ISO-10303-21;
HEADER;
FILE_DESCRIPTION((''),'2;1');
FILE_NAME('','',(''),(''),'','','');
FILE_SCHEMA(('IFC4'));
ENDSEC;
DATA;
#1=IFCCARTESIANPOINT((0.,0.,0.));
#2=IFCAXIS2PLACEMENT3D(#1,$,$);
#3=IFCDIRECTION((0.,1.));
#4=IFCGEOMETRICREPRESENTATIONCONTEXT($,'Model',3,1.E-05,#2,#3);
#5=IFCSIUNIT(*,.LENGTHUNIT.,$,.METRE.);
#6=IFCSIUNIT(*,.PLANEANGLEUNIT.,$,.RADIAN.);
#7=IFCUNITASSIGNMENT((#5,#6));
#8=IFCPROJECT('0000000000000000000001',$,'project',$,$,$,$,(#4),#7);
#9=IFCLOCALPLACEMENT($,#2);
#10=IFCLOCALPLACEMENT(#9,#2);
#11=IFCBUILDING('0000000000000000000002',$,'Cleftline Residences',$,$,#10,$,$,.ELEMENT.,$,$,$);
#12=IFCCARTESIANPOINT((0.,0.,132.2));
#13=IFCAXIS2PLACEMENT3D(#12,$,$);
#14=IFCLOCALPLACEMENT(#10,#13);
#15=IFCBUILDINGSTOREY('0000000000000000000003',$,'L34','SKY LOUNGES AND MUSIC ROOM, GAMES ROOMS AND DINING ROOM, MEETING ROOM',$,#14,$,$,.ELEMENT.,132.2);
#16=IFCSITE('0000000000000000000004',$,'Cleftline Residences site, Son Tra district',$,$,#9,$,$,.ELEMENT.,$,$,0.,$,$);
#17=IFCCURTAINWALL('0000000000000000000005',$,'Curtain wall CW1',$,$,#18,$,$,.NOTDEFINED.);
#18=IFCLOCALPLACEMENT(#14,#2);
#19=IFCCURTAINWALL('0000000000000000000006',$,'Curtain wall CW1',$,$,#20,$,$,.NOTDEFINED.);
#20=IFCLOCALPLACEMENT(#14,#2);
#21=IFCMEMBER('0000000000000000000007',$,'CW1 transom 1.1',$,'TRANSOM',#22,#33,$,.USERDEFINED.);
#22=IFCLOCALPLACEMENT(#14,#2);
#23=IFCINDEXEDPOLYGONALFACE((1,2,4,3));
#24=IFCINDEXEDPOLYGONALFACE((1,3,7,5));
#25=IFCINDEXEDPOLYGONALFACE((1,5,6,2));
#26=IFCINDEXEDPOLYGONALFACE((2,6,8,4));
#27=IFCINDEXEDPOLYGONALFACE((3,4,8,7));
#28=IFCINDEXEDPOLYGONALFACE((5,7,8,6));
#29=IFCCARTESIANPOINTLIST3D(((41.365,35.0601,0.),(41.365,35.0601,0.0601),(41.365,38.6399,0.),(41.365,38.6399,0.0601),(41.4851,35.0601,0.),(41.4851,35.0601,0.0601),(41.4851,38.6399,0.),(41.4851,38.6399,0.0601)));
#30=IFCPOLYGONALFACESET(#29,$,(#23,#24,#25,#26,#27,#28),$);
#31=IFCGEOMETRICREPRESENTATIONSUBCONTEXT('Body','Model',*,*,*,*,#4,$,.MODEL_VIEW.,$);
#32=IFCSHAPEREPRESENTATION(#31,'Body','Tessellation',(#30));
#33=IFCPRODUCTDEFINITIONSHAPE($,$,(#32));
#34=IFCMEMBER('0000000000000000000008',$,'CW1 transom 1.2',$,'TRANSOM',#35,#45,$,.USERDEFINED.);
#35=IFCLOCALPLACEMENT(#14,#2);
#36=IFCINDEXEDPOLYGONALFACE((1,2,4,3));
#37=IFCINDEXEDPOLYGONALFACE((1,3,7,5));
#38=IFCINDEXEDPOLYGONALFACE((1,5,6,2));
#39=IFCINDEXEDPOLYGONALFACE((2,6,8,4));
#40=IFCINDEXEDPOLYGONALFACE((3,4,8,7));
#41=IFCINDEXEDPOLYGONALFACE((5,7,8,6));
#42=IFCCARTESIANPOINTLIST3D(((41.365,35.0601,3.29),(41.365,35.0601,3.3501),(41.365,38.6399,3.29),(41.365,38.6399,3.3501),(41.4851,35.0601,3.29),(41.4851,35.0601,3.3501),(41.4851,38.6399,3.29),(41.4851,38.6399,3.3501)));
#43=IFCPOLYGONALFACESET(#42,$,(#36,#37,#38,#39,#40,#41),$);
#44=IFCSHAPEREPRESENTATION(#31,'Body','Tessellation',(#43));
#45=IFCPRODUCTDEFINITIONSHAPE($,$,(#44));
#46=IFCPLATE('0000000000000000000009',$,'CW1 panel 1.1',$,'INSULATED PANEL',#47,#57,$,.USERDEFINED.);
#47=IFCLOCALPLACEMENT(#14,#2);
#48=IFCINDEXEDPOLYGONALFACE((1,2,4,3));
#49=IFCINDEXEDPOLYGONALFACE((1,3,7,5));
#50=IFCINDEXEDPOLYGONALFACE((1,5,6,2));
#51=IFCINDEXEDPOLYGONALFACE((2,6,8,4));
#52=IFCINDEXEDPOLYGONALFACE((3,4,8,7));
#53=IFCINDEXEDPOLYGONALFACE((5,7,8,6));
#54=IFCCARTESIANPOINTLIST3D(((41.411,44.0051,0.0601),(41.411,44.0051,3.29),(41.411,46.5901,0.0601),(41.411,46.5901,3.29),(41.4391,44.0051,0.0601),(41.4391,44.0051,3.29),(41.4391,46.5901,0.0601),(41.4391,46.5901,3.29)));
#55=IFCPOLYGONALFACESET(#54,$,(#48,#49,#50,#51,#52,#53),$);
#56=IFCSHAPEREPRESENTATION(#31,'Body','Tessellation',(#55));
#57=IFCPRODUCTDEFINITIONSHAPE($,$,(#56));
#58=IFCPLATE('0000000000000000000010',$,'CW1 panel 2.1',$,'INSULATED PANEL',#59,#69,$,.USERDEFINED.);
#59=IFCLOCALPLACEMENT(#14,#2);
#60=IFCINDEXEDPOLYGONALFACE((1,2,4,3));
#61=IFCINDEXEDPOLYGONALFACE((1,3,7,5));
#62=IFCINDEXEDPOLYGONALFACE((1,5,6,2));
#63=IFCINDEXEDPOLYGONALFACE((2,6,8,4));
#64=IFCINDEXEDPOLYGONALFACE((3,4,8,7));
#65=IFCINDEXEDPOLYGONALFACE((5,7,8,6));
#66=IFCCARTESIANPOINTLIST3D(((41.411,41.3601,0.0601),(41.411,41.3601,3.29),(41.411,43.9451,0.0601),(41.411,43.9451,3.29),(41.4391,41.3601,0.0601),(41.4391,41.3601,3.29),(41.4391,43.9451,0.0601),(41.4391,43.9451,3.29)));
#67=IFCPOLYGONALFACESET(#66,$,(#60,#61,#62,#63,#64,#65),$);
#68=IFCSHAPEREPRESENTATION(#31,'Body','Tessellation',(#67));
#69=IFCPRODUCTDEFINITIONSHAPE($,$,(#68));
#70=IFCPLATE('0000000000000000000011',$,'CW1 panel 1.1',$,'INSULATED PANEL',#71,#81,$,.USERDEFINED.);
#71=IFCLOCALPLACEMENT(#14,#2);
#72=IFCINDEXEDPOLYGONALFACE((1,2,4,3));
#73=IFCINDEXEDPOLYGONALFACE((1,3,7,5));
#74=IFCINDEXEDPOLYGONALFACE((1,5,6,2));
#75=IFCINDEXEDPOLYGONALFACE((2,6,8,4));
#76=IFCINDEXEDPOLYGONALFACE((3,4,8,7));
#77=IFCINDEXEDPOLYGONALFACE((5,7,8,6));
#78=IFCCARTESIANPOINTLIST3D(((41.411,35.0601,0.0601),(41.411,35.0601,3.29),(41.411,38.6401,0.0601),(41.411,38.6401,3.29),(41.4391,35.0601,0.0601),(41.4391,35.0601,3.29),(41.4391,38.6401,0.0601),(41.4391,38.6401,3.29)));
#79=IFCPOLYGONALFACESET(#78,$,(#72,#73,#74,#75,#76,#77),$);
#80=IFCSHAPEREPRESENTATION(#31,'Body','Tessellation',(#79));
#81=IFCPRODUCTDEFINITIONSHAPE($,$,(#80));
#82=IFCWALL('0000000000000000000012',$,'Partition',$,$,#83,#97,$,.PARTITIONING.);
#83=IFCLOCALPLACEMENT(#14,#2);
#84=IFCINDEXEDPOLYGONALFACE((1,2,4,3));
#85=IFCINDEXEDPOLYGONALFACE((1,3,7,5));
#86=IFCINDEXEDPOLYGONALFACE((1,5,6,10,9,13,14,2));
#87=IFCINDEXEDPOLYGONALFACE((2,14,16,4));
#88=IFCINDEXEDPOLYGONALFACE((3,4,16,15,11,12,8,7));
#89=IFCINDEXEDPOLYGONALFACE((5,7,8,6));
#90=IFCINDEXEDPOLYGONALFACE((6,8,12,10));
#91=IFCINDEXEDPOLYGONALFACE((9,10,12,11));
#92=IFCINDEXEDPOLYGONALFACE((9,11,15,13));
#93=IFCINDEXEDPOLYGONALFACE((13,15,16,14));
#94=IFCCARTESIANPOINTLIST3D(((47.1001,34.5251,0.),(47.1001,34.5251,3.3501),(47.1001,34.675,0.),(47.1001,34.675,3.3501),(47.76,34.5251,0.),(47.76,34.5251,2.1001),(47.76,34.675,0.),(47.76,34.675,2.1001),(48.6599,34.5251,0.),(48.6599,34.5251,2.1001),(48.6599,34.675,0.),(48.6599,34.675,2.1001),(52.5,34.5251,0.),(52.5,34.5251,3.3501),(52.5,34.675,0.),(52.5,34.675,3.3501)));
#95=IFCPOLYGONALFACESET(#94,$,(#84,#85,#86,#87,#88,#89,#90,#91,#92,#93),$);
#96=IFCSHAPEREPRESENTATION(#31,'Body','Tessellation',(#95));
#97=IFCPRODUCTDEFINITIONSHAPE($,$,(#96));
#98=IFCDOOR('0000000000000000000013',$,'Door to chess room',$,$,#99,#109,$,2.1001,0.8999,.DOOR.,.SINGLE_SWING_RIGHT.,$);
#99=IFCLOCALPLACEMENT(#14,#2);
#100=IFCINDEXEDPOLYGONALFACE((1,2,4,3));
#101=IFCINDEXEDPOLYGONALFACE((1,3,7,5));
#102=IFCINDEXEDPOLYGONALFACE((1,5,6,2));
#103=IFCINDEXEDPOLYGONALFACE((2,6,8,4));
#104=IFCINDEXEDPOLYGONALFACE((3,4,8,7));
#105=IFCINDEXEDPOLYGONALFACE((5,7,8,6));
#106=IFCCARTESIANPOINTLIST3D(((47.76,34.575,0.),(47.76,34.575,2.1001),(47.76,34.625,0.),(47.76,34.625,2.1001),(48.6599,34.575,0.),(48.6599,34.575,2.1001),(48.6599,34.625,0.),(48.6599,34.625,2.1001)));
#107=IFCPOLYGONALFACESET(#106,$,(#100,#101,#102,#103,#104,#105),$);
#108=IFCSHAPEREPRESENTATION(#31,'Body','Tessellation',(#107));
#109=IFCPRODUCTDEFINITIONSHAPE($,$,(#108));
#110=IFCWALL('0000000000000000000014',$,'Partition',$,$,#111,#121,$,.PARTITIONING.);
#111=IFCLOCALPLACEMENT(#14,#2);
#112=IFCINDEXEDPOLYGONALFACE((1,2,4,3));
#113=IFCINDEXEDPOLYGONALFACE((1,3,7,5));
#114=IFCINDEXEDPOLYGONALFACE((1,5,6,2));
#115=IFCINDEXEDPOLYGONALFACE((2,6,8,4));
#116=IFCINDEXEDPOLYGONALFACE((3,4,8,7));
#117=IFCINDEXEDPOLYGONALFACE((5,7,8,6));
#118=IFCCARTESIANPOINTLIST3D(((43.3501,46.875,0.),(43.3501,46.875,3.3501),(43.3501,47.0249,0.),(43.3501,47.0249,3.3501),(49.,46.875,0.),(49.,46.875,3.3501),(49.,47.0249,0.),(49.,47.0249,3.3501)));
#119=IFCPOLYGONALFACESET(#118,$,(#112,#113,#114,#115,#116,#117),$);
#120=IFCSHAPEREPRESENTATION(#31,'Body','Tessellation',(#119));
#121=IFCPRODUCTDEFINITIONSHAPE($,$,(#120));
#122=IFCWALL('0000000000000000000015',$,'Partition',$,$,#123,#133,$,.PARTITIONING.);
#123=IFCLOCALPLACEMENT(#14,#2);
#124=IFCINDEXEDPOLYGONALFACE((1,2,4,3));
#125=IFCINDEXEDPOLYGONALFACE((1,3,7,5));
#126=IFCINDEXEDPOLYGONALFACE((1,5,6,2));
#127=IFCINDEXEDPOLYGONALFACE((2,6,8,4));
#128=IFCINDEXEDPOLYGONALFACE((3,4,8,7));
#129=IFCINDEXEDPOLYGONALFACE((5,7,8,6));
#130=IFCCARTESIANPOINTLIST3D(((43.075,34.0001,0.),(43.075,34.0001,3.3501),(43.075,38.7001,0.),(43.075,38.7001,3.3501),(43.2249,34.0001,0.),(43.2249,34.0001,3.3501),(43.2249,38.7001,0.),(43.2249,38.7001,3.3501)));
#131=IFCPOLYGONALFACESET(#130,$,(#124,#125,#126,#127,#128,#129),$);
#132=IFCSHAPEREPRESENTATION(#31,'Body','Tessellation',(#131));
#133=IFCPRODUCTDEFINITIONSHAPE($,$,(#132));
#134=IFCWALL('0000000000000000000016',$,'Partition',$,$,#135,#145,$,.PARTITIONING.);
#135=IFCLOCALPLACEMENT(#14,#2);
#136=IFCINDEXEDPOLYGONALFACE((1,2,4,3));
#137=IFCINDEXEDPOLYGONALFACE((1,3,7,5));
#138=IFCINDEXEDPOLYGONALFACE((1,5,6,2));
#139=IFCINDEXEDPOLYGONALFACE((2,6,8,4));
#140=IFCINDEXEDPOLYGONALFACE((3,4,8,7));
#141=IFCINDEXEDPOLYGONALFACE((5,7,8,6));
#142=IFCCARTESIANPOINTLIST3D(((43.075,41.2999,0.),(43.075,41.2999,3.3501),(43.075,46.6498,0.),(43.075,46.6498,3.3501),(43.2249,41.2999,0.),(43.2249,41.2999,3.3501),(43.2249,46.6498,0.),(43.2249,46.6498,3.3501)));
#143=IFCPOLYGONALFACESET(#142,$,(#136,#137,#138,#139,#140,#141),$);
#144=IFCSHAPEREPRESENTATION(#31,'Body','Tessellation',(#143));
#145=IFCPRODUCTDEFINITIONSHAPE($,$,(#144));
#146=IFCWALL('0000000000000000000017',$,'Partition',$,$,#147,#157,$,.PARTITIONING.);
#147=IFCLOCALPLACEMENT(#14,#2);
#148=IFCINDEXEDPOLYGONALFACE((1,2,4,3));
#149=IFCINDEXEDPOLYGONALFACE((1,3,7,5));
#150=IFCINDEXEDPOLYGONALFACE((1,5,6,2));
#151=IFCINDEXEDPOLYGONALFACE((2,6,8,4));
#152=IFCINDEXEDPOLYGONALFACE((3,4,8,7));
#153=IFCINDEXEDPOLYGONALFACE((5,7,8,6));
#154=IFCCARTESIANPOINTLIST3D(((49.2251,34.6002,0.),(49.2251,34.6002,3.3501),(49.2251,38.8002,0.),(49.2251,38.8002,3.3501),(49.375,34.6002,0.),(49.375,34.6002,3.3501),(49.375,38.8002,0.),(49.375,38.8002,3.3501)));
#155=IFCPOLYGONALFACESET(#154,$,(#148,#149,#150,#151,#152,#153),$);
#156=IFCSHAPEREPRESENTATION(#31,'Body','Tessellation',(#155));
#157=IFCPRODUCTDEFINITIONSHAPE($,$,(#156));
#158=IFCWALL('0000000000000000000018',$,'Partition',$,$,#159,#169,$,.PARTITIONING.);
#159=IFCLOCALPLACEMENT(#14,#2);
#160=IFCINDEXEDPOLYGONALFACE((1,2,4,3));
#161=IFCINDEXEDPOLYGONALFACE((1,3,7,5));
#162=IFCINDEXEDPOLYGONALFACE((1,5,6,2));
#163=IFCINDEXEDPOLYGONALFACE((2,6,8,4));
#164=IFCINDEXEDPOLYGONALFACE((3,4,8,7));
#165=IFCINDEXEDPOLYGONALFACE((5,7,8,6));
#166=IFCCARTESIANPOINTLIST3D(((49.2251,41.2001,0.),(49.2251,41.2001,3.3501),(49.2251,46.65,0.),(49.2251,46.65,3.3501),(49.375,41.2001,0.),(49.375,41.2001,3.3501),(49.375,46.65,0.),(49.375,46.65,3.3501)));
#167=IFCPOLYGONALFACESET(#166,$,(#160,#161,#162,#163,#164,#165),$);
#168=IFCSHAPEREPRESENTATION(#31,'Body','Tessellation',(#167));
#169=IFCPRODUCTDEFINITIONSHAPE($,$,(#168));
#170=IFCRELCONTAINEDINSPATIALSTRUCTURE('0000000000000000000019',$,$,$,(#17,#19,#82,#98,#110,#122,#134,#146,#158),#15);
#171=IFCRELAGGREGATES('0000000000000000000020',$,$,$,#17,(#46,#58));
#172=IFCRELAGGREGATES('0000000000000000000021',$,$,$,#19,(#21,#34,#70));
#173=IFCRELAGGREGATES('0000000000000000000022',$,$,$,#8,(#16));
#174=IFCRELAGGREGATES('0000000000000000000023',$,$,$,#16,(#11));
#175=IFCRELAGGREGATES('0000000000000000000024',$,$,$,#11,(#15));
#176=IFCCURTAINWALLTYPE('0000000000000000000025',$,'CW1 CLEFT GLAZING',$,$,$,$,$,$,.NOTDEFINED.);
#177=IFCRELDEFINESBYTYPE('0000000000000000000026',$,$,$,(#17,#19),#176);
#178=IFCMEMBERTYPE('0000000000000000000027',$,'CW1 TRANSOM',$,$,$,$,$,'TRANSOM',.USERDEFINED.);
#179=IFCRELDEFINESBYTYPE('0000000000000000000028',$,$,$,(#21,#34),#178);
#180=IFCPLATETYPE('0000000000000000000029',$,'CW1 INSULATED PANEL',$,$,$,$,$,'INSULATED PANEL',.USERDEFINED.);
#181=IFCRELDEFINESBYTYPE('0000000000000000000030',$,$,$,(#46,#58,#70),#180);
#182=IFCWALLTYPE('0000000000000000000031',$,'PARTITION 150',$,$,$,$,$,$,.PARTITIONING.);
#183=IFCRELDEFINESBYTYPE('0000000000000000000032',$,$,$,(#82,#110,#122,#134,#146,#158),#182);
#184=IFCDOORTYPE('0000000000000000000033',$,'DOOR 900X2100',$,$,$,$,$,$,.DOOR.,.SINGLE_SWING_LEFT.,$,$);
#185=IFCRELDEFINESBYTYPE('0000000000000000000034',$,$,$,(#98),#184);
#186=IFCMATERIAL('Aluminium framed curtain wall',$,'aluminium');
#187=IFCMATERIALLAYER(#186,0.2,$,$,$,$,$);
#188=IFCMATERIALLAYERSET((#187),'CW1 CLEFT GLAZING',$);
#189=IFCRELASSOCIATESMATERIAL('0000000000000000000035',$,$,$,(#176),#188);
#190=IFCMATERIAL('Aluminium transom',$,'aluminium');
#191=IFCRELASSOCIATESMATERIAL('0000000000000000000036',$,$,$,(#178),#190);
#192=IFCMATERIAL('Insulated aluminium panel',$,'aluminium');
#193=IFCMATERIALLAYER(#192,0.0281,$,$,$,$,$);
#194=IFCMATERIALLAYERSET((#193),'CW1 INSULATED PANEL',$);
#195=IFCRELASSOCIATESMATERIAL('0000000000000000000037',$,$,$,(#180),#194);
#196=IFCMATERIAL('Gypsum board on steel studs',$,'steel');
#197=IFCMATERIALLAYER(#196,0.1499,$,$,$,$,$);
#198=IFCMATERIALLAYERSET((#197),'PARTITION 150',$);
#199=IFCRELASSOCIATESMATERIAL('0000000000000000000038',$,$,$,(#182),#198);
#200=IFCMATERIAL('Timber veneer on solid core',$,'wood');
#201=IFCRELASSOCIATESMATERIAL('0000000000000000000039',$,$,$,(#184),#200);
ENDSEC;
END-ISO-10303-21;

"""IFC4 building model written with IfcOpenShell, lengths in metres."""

from ifc_helpers import new_model, si_unit, direction, frame, frame_2d, origin, origin_2d, place, context, subcontext, project, spatial, rectangle, extrude, material, layer, layer_set, material_profile, profile_set, type_object, element, fill, aggregate, save


model = new_model("IFC4")

# Units and contexts
model_context = context("Model", 3, precision=1e-05, world=origin(), true_north=direction((0.0, 1.0)))
body_context = subcontext(model_context, "Body", "Model", "MODEL_VIEW")
ifc_project = project(units=[si_unit("LENGTHUNIT", "METRE"), si_unit("PLANEANGLEUNIT", "RADIAN")], contexts=[model_context])

# Site, building, storey
site_placement = place(None, origin())
site = spatial("IfcSite", under=ifc_project, at=site_placement, Name="Cleftline Residences site, Son Tra district", CompositionType="ELEMENT", RefElevation=0.0)
building_placement = place(site_placement, origin())
building = spatial("IfcBuilding", under=site, at=building_placement, Name="Cleftline Residences", CompositionType="ELEMENT")
storey_placement = place(building_placement, frame((0.0, 0.0, 132.2)))
storey = spatial("IfcBuildingStorey", under=building, at=storey_placement, Name="L34", Description="SKY LOUNGES AND MUSIC ROOM, GAMES ROOMS AND DINING ROOM, MEETING ROOM", CompositionType="ELEMENT", Elevation=132.2)

# Curtain walls
ifc_material_1 = material(Name="Aluminium framed curtain wall", Category="aluminium")
ifc_layer_1 = layer(ifc_material_1, 0.2)
ifc_layer_set_1 = layer_set([ifc_layer_1], Name="CW1 CLEFT GLAZING")
curtain_wall_type = type_object("IfcCurtainWallType", Name="CW1 CLEFT GLAZING", PredefinedType="NOTDEFINED", material=ifc_layer_set_1)
curtain_wall_1_placement = place(storey_placement, origin())
curtain_wall_1 = element("IfcCurtainWall", 1, at=curtain_wall_1_placement, inside=storey, type_object=curtain_wall_type, Name="Curtain wall CW1", PredefinedType="NOTDEFINED")
curtain_wall_2_placement = place(storey_placement, origin())
curtain_wall_2 = element("IfcCurtainWall", 2, at=curtain_wall_2_placement, inside=storey, type_object=curtain_wall_type, Name="Curtain wall CW1", PredefinedType="NOTDEFINED")

# Members
ifc_material_2 = material(Name="Aluminium transom", Category="aluminium")
ifc_material_profile_1 = material_profile(ifc_material_2, rectangle(XDim=0.1201, YDim=0.0601, at=origin_2d()))
ifc_profile_set_1 = profile_set([ifc_material_profile_1], Name="Aluminium transom")
member_type_1 = type_object("IfcMemberType", Name="CW1 TRANSOM", ElementType="TRANSOM", PredefinedType="USERDEFINED", material=ifc_profile_set_1)
member_1_placement = place(storey_placement, frame((41.425, 38.6399, 0.03), z_axis=(0.0, -1.0, 0.0), x_axis=(1.0, 0.0, 0.0)))
member_1 = element("IfcMember", 3, at=member_1_placement, type_object=member_type_1, Name="CW1 transom 1.1", ObjectType="TRANSOM", PredefinedType="USERDEFINED", context=body_context, shape_type="SweptSolid", body=[
    extrude(rectangle(XDim=0.1201, YDim=0.0601, at=origin_2d()), origin(), (0.0, 0.0, 1.0), 3.5798),
])
member_2_placement = place(storey_placement, frame((41.425, 38.6399, 3.3201), z_axis=(0.0, -1.0, 0.0), x_axis=(1.0, 0.0, 0.0)))
member_2 = element("IfcMember", 4, at=member_2_placement, type_object=member_type_1, Name="CW1 transom 1.2", ObjectType="TRANSOM", PredefinedType="USERDEFINED", context=body_context, shape_type="SweptSolid", body=[
    extrude(rectangle(XDim=0.1201, YDim=0.0601, at=origin_2d()), origin(), (0.0, 0.0, 1.0), 3.5798),
])

# Plates
ifc_material_3 = material(Name="Insulated aluminium panel", Category="aluminium")
ifc_layer_2 = layer(ifc_material_3, 0.0281)
ifc_layer_set_2 = layer_set([ifc_layer_2], Name="CW1 INSULATED PANEL")
plate_type = type_object("IfcPlateType", Name="CW1 INSULATED PANEL", ElementType="INSULATED PANEL", PredefinedType="USERDEFINED", material=ifc_layer_set_2)
plate_1_placement = place(storey_placement, frame((41.425, 45.2976, 0.0601), z_axis=(0.0, 0.0, 1.0), x_axis=(0.0, -1.0, 0.0)))
plate_1 = element("IfcPlate", 5, at=plate_1_placement, type_object=plate_type, Name="CW1 panel 1.1", ObjectType="INSULATED PANEL", PredefinedType="USERDEFINED", context=body_context, shape_type="SweptSolid", body=[
    extrude(rectangle(XDim=2.585, YDim=0.0281, at=origin_2d()), origin(), (0.0, 0.0, 1.0), 3.23),
])
plate_2_placement = place(storey_placement, frame((41.425, 42.6526, 0.0601), z_axis=(0.0, 0.0, 1.0), x_axis=(0.0, -1.0, 0.0)))
plate_2 = element("IfcPlate", 6, at=plate_2_placement, type_object=plate_type, Name="CW1 panel 2.1", ObjectType="INSULATED PANEL", PredefinedType="USERDEFINED", context=body_context, shape_type="SweptSolid", body=[
    extrude(rectangle(XDim=2.585, YDim=0.0281, at=origin_2d()), origin(), (0.0, 0.0, 1.0), 3.23),
])
aggregate(curtain_wall_1, [plate_1, plate_2])
plate_3_placement = place(storey_placement, frame((41.425, 36.8501, 0.0601), z_axis=(0.0, 0.0, 1.0), x_axis=(0.0, -1.0, 0.0)))
plate_3 = element("IfcPlate", 7, at=plate_3_placement, type_object=plate_type, Name="CW1 panel 1.1", ObjectType="INSULATED PANEL", PredefinedType="USERDEFINED", context=body_context, shape_type="SweptSolid", body=[
    extrude(rectangle(XDim=3.5801, YDim=0.0281, at=origin_2d()), origin(), (0.0, 0.0, 1.0), 3.23),
])
aggregate(curtain_wall_2, [member_1, member_2, plate_3])

# Wall, opening, door
ifc_material_4 = material(Name="Gypsum board on steel studs", Category="steel")
ifc_layer_3 = layer(ifc_material_4, 0.1499)
ifc_layer_set_3 = layer_set([ifc_layer_3], Name="PARTITION 150")
wall_type = type_object("IfcWallType", Name="PARTITION 150", PredefinedType="PARTITIONING", material=ifc_layer_set_3)
wall_1_placement = place(storey_placement, frame((47.1001, 34.6001, 0.0), z_axis=(0.0, 0.0, 1.0), x_axis=(1.0, 0.0, 0.0)))
wall_1 = element("IfcWall", 8, at=wall_1_placement, inside=storey, type_object=wall_type, Name="Partition", PredefinedType="PARTITIONING", context=body_context, shape_type="SweptSolid", body=[
    extrude(rectangle(XDim=5.3999, YDim=0.1499, at=frame_2d((2.7, 0.0))), origin(), (0.0, 0.0, 1.0), 3.3501),
])
opening_placement = place(wall_1_placement, frame((0.6599, 0.0, 0.0)))
opening = element("IfcOpeningElement", 9, at=opening_placement, cuts=wall_1, PredefinedType="OPENING", context=body_context, shape_type="SweptSolid", body=[
    extrude(rectangle(XDim=0.8999, YDim=2.1001, at=frame_2d((0.45, 1.05))), frame((0.0, 0.085, 0.0), z_axis=(0.0, -1.0, 0.0), x_axis=(1.0, 0.0, 0.0)), (0.0, 0.0, 1.0), 0.1699),
])
ifc_material_5 = material(Name="Timber veneer on solid core", Category="wood")
door_type = type_object("IfcDoorType", Name="DOOR 900X2100", OperationType="SINGLE_SWING_LEFT", PredefinedType="DOOR", material=ifc_material_5)
door_placement = place(opening_placement, origin())
door = element("IfcDoor", 10, at=door_placement, inside=storey, type_object=door_type, Name="Door to chess room", OperationType="SINGLE_SWING_RIGHT", OverallHeight=2.1001, OverallWidth=0.8999, PredefinedType="DOOR", context=body_context, shape_type="SweptSolid", body=[
    extrude(rectangle(XDim=0.8999, YDim=2.1001, at=frame_2d((0.45, 1.05))), frame((0.0, 0.0249, 0.0), z_axis=(0.0, -1.0, 0.0), x_axis=(1.0, 0.0, 0.0)), (0.0, 0.0, 1.0), 0.05),
])
fill(opening, door)

# Walls
wall_2_placement = place(storey_placement, frame((43.3501, 46.95, 0.0), z_axis=(0.0, 0.0, 1.0), x_axis=(1.0, 0.0, 0.0)))
element("IfcWall", 11, at=wall_2_placement, inside=storey, type_object=wall_type, Name="Partition", PredefinedType="PARTITIONING", context=body_context, shape_type="SweptSolid", body=[
    extrude(rectangle(XDim=5.6499, YDim=0.1499, at=frame_2d((2.825, 0.0))), origin(), (0.0, 0.0, 1.0), 3.3501),
])
wall_3_placement = place(storey_placement, frame((43.1499, 34.0, 0.0), z_axis=(0.0, 0.0, 1.0), x_axis=(0.0, 1.0, 0.0)))
element("IfcWall", 12, at=wall_3_placement, inside=storey, type_object=wall_type, Name="Partition", PredefinedType="PARTITIONING", context=body_context, shape_type="SweptSolid", body=[
    extrude(rectangle(XDim=4.7, YDim=0.1499, at=frame_2d((2.3501, 0.0))), origin(), (0.0, 0.0, 1.0), 3.3501),
])
wall_4_placement = place(storey_placement, frame((43.1499, 41.3, 0.0), z_axis=(0.0, 0.0, 1.0), x_axis=(0.0, 1.0, 0.0)))
element("IfcWall", 13, at=wall_4_placement, inside=storey, type_object=wall_type, Name="Partition", PredefinedType="PARTITIONING", context=body_context, shape_type="SweptSolid", body=[
    extrude(rectangle(XDim=5.3499, YDim=0.1499, at=frame_2d((2.6748, 0.0))), origin(), (0.0, 0.0, 1.0), 3.3501),
])
wall_5_placement = place(storey_placement, frame((49.3, 34.6001, 0.0), z_axis=(0.0, 0.0, 1.0), x_axis=(0.0, 1.0, 0.0)))
element("IfcWall", 14, at=wall_5_placement, inside=storey, type_object=wall_type, Name="Partition", PredefinedType="PARTITIONING", context=body_context, shape_type="SweptSolid", body=[
    extrude(rectangle(XDim=4.2, YDim=0.1499, at=frame_2d((2.1001, 0.0))), origin(), (0.0, 0.0, 1.0), 3.3501),
])
wall_6_placement = place(storey_placement, frame((49.3, 41.2, 0.0), z_axis=(0.0, 0.0, 1.0), x_axis=(0.0, 1.0, 0.0)))
element("IfcWall", 15, at=wall_6_placement, inside=storey, type_object=wall_type, Name="Partition", PredefinedType="PARTITIONING", context=body_context, shape_type="SweptSolid", body=[
    extrude(rectangle(XDim=5.45, YDim=0.1499, at=frame_2d((2.7251, 0.0))), origin(), (0.0, 0.0, 1.0), 3.3501),
])

save(model, "model.ifc")
